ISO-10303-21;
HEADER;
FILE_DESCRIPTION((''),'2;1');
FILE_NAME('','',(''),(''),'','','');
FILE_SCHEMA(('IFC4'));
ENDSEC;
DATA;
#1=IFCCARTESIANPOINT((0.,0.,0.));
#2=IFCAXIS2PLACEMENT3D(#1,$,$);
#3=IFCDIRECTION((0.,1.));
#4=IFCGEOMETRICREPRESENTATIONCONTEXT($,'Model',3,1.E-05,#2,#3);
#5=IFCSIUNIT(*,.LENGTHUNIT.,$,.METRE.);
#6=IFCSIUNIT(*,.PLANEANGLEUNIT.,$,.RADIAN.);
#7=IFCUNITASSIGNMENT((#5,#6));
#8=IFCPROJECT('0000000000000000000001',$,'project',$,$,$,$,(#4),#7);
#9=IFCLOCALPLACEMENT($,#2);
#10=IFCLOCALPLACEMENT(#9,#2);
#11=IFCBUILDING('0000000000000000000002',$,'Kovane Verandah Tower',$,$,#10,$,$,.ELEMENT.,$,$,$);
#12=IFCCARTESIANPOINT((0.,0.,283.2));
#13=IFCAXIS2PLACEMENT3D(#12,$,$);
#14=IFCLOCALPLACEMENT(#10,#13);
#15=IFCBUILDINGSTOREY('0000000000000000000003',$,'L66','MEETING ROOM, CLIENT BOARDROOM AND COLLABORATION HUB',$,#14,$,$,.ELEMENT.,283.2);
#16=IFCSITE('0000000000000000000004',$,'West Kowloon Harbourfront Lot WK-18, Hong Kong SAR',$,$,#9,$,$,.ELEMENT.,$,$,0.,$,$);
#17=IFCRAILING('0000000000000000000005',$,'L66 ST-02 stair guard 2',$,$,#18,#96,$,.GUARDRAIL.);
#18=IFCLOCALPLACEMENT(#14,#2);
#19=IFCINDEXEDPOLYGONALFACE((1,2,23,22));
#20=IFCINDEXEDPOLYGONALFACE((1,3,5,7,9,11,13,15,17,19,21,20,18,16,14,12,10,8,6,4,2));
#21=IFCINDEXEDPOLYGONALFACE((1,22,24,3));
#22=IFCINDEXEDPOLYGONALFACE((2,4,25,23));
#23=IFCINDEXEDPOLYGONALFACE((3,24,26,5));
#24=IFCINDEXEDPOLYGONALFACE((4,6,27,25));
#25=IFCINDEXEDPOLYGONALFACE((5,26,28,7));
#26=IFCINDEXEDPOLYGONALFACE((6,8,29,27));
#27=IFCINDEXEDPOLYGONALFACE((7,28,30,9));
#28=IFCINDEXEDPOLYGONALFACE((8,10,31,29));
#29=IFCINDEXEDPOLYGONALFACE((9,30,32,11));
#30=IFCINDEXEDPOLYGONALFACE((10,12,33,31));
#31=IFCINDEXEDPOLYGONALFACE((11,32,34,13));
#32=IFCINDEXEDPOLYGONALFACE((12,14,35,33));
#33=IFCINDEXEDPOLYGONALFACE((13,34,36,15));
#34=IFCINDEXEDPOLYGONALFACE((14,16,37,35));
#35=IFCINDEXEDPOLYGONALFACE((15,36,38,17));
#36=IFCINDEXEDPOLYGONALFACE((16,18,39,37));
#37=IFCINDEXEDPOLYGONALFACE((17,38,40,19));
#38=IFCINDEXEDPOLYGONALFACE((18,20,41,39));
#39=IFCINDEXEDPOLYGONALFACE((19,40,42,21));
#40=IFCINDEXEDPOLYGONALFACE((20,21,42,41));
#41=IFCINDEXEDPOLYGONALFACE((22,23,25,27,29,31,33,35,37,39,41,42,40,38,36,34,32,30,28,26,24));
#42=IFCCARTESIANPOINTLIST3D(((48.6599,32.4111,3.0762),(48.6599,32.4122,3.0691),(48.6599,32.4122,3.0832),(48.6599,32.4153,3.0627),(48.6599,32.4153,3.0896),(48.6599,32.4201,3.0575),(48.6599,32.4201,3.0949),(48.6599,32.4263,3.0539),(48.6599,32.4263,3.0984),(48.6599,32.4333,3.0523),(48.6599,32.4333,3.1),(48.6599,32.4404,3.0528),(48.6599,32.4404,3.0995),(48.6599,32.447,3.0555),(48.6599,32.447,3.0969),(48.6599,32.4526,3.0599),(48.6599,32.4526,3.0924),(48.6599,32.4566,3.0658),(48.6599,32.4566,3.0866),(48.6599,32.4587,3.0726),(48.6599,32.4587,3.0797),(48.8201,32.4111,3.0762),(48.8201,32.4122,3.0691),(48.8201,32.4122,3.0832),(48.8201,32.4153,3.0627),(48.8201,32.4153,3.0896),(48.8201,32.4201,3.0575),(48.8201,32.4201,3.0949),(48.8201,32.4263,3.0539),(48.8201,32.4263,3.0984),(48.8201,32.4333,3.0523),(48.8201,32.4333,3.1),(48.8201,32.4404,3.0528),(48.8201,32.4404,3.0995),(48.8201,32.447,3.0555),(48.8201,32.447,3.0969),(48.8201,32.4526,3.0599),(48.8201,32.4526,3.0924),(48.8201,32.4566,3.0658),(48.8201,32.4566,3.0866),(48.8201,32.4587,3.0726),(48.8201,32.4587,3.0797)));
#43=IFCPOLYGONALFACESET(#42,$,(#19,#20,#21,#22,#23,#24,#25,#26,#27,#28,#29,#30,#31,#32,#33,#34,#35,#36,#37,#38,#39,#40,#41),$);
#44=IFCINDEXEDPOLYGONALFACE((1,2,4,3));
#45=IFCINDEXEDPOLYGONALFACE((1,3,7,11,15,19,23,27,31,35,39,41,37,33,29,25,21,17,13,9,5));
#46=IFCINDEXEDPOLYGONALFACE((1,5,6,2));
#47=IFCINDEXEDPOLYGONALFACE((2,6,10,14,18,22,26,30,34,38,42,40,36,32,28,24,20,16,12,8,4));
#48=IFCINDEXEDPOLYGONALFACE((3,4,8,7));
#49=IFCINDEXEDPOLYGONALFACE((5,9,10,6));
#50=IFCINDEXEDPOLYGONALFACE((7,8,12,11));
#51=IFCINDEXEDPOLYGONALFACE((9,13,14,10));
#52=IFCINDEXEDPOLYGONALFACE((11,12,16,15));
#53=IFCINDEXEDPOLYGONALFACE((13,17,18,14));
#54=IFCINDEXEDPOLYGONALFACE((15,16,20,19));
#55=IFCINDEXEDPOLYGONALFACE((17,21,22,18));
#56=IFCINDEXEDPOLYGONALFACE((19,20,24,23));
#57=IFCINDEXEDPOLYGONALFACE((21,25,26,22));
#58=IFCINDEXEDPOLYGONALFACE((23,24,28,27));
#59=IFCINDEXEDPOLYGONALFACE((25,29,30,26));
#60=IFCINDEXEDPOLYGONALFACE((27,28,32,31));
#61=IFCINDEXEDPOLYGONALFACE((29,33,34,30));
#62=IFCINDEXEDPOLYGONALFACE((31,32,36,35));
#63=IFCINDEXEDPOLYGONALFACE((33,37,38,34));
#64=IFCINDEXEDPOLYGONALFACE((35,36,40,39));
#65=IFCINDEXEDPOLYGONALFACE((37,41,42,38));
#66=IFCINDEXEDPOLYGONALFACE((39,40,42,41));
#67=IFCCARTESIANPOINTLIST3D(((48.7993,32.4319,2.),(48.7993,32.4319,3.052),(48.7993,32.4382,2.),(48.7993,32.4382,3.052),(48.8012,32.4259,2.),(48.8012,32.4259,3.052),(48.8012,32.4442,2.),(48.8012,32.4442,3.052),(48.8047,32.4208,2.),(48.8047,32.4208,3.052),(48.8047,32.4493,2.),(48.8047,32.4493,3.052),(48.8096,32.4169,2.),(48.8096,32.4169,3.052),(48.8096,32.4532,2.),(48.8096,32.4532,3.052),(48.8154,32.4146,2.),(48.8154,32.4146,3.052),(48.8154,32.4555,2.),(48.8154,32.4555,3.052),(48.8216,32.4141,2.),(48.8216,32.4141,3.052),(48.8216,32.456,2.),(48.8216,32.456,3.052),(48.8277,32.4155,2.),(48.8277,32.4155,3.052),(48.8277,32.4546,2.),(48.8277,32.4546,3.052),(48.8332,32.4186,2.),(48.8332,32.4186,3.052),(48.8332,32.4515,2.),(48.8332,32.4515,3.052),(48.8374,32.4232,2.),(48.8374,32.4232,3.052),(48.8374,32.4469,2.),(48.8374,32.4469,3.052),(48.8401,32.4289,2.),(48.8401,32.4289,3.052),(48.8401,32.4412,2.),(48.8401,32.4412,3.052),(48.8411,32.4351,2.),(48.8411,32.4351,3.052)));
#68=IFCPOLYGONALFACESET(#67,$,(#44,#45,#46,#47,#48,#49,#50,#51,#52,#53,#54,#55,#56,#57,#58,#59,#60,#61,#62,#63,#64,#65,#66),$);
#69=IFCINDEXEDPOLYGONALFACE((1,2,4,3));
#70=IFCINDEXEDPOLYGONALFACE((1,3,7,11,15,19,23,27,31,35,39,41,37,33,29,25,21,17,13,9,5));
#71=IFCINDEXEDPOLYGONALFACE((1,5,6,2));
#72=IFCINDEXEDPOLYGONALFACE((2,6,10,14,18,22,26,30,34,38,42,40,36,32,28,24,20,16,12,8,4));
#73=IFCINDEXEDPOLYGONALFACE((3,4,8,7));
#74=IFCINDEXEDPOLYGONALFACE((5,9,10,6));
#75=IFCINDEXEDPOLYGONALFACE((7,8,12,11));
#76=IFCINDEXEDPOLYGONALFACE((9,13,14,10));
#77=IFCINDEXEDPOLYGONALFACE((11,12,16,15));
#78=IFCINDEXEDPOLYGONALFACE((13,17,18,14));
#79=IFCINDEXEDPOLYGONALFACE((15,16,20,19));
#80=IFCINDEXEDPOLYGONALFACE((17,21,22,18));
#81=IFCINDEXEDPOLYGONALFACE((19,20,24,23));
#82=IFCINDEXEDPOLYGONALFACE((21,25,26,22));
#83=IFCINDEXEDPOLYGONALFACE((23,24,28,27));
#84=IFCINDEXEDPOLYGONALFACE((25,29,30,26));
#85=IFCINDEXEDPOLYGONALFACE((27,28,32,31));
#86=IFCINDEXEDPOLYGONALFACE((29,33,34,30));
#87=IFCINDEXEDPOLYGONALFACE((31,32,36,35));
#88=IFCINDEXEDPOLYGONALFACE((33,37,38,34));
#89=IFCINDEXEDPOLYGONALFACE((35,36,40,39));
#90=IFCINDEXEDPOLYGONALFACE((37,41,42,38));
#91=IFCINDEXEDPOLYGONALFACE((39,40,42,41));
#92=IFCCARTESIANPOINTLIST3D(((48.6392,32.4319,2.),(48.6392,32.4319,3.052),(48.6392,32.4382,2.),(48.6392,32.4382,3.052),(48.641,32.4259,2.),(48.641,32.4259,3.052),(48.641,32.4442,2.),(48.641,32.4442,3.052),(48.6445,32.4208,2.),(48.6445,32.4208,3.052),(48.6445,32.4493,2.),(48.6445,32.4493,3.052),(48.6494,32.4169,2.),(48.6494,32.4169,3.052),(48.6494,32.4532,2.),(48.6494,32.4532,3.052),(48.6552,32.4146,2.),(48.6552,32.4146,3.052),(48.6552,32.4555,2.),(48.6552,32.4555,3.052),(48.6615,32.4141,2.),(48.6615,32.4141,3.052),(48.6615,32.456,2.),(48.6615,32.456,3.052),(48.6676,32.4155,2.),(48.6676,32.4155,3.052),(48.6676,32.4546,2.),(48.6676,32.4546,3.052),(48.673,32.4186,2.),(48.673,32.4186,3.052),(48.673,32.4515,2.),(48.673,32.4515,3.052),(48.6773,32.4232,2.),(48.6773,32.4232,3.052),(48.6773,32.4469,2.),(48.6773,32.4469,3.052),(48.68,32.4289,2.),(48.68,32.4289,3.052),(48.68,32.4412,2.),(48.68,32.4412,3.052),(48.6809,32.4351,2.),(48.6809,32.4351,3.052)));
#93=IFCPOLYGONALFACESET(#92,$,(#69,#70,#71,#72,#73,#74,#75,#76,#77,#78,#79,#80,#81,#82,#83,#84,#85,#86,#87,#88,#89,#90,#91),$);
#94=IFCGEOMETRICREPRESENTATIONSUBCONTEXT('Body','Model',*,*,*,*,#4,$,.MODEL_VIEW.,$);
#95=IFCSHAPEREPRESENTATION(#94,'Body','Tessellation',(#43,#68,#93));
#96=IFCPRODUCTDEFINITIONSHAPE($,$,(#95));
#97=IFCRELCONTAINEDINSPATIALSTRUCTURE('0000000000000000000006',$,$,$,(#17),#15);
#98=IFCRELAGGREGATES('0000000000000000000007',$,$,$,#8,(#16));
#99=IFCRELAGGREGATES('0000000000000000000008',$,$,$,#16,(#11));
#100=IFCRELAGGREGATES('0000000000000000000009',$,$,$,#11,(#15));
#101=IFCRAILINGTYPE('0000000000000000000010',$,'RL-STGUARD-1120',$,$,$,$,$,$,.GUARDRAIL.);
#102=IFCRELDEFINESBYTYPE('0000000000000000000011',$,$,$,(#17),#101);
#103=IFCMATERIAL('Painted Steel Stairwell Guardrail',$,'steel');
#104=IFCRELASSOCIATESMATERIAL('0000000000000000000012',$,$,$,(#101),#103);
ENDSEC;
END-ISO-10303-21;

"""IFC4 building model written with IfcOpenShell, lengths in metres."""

from ifc_helpers import new_model, si_unit, direction, frame, origin, origin_2d, place, context, subcontext, project, spatial, circle, extrude, material, type_object, element, save


model = new_model("IFC4")

# Units and contexts
model_context = context("Model", 3, precision=1e-05, world=origin(), true_north=direction((0.0, 1.0)))
body_context = subcontext(model_context, "Body", "Model", "MODEL_VIEW")
ifc_project = project(units=[si_unit("LENGTHUNIT", "METRE"), si_unit("PLANEANGLEUNIT", "RADIAN")], contexts=[model_context])

# Site, building, storey
site_placement = place(None, origin())
site = spatial("IfcSite", under=ifc_project, at=site_placement, Name="West Kowloon Harbourfront Lot WK-18, Hong Kong SAR", CompositionType="ELEMENT", RefElevation=0.0)
building_placement = place(site_placement, origin())
building = spatial("IfcBuilding", under=site, at=building_placement, Name="Kovane Verandah Tower", CompositionType="ELEMENT")
storey_placement = place(building_placement, frame((0.0, 0.0, 283.2)))
storey = spatial("IfcBuildingStorey", under=building, at=storey_placement, Name="L66", Description="MEETING ROOM, CLIENT BOARDROOM AND COLLABORATION HUB", CompositionType="ELEMENT", Elevation=283.2)

# Railing
ifc_material_1 = material(Name="Painted Steel Stairwell Guardrail", Category="steel")
railing_type_1 = type_object("IfcRailingType", Name="RL-STGUARD-1120", PredefinedType="GUARDRAIL", material=ifc_material_1)
railing_1_placement = place(storey_placement, frame((48.8201, 32.4351, 2.0)))
element("IfcRailing", 1, at=railing_1_placement, inside=storey, type_object=railing_type_1, Name="L66 ST-02 stair guard 2", PredefinedType="GUARDRAIL", context=body_context, shape_type="SweptSolid", body=[
    extrude(circle(Radius=0.0239, at=origin_2d()), frame((0.0, 0.0, 1.0762), z_axis=(-1.0, 0.0, 0.0), x_axis=(0.0, -1.0, 0.0)), (0.0, 0.0, 1.0), 0.1602),
    extrude(circle(Radius=0.021, at=origin_2d()), origin(), (0.0, 0.0, 1.0), 1.052),
    extrude(circle(Radius=0.021, at=origin_2d()), frame((-0.1602, 0.0, 0.0)), (0.0, 0.0, 1.0), 1.052),
])

save(model, "model.ifc")
